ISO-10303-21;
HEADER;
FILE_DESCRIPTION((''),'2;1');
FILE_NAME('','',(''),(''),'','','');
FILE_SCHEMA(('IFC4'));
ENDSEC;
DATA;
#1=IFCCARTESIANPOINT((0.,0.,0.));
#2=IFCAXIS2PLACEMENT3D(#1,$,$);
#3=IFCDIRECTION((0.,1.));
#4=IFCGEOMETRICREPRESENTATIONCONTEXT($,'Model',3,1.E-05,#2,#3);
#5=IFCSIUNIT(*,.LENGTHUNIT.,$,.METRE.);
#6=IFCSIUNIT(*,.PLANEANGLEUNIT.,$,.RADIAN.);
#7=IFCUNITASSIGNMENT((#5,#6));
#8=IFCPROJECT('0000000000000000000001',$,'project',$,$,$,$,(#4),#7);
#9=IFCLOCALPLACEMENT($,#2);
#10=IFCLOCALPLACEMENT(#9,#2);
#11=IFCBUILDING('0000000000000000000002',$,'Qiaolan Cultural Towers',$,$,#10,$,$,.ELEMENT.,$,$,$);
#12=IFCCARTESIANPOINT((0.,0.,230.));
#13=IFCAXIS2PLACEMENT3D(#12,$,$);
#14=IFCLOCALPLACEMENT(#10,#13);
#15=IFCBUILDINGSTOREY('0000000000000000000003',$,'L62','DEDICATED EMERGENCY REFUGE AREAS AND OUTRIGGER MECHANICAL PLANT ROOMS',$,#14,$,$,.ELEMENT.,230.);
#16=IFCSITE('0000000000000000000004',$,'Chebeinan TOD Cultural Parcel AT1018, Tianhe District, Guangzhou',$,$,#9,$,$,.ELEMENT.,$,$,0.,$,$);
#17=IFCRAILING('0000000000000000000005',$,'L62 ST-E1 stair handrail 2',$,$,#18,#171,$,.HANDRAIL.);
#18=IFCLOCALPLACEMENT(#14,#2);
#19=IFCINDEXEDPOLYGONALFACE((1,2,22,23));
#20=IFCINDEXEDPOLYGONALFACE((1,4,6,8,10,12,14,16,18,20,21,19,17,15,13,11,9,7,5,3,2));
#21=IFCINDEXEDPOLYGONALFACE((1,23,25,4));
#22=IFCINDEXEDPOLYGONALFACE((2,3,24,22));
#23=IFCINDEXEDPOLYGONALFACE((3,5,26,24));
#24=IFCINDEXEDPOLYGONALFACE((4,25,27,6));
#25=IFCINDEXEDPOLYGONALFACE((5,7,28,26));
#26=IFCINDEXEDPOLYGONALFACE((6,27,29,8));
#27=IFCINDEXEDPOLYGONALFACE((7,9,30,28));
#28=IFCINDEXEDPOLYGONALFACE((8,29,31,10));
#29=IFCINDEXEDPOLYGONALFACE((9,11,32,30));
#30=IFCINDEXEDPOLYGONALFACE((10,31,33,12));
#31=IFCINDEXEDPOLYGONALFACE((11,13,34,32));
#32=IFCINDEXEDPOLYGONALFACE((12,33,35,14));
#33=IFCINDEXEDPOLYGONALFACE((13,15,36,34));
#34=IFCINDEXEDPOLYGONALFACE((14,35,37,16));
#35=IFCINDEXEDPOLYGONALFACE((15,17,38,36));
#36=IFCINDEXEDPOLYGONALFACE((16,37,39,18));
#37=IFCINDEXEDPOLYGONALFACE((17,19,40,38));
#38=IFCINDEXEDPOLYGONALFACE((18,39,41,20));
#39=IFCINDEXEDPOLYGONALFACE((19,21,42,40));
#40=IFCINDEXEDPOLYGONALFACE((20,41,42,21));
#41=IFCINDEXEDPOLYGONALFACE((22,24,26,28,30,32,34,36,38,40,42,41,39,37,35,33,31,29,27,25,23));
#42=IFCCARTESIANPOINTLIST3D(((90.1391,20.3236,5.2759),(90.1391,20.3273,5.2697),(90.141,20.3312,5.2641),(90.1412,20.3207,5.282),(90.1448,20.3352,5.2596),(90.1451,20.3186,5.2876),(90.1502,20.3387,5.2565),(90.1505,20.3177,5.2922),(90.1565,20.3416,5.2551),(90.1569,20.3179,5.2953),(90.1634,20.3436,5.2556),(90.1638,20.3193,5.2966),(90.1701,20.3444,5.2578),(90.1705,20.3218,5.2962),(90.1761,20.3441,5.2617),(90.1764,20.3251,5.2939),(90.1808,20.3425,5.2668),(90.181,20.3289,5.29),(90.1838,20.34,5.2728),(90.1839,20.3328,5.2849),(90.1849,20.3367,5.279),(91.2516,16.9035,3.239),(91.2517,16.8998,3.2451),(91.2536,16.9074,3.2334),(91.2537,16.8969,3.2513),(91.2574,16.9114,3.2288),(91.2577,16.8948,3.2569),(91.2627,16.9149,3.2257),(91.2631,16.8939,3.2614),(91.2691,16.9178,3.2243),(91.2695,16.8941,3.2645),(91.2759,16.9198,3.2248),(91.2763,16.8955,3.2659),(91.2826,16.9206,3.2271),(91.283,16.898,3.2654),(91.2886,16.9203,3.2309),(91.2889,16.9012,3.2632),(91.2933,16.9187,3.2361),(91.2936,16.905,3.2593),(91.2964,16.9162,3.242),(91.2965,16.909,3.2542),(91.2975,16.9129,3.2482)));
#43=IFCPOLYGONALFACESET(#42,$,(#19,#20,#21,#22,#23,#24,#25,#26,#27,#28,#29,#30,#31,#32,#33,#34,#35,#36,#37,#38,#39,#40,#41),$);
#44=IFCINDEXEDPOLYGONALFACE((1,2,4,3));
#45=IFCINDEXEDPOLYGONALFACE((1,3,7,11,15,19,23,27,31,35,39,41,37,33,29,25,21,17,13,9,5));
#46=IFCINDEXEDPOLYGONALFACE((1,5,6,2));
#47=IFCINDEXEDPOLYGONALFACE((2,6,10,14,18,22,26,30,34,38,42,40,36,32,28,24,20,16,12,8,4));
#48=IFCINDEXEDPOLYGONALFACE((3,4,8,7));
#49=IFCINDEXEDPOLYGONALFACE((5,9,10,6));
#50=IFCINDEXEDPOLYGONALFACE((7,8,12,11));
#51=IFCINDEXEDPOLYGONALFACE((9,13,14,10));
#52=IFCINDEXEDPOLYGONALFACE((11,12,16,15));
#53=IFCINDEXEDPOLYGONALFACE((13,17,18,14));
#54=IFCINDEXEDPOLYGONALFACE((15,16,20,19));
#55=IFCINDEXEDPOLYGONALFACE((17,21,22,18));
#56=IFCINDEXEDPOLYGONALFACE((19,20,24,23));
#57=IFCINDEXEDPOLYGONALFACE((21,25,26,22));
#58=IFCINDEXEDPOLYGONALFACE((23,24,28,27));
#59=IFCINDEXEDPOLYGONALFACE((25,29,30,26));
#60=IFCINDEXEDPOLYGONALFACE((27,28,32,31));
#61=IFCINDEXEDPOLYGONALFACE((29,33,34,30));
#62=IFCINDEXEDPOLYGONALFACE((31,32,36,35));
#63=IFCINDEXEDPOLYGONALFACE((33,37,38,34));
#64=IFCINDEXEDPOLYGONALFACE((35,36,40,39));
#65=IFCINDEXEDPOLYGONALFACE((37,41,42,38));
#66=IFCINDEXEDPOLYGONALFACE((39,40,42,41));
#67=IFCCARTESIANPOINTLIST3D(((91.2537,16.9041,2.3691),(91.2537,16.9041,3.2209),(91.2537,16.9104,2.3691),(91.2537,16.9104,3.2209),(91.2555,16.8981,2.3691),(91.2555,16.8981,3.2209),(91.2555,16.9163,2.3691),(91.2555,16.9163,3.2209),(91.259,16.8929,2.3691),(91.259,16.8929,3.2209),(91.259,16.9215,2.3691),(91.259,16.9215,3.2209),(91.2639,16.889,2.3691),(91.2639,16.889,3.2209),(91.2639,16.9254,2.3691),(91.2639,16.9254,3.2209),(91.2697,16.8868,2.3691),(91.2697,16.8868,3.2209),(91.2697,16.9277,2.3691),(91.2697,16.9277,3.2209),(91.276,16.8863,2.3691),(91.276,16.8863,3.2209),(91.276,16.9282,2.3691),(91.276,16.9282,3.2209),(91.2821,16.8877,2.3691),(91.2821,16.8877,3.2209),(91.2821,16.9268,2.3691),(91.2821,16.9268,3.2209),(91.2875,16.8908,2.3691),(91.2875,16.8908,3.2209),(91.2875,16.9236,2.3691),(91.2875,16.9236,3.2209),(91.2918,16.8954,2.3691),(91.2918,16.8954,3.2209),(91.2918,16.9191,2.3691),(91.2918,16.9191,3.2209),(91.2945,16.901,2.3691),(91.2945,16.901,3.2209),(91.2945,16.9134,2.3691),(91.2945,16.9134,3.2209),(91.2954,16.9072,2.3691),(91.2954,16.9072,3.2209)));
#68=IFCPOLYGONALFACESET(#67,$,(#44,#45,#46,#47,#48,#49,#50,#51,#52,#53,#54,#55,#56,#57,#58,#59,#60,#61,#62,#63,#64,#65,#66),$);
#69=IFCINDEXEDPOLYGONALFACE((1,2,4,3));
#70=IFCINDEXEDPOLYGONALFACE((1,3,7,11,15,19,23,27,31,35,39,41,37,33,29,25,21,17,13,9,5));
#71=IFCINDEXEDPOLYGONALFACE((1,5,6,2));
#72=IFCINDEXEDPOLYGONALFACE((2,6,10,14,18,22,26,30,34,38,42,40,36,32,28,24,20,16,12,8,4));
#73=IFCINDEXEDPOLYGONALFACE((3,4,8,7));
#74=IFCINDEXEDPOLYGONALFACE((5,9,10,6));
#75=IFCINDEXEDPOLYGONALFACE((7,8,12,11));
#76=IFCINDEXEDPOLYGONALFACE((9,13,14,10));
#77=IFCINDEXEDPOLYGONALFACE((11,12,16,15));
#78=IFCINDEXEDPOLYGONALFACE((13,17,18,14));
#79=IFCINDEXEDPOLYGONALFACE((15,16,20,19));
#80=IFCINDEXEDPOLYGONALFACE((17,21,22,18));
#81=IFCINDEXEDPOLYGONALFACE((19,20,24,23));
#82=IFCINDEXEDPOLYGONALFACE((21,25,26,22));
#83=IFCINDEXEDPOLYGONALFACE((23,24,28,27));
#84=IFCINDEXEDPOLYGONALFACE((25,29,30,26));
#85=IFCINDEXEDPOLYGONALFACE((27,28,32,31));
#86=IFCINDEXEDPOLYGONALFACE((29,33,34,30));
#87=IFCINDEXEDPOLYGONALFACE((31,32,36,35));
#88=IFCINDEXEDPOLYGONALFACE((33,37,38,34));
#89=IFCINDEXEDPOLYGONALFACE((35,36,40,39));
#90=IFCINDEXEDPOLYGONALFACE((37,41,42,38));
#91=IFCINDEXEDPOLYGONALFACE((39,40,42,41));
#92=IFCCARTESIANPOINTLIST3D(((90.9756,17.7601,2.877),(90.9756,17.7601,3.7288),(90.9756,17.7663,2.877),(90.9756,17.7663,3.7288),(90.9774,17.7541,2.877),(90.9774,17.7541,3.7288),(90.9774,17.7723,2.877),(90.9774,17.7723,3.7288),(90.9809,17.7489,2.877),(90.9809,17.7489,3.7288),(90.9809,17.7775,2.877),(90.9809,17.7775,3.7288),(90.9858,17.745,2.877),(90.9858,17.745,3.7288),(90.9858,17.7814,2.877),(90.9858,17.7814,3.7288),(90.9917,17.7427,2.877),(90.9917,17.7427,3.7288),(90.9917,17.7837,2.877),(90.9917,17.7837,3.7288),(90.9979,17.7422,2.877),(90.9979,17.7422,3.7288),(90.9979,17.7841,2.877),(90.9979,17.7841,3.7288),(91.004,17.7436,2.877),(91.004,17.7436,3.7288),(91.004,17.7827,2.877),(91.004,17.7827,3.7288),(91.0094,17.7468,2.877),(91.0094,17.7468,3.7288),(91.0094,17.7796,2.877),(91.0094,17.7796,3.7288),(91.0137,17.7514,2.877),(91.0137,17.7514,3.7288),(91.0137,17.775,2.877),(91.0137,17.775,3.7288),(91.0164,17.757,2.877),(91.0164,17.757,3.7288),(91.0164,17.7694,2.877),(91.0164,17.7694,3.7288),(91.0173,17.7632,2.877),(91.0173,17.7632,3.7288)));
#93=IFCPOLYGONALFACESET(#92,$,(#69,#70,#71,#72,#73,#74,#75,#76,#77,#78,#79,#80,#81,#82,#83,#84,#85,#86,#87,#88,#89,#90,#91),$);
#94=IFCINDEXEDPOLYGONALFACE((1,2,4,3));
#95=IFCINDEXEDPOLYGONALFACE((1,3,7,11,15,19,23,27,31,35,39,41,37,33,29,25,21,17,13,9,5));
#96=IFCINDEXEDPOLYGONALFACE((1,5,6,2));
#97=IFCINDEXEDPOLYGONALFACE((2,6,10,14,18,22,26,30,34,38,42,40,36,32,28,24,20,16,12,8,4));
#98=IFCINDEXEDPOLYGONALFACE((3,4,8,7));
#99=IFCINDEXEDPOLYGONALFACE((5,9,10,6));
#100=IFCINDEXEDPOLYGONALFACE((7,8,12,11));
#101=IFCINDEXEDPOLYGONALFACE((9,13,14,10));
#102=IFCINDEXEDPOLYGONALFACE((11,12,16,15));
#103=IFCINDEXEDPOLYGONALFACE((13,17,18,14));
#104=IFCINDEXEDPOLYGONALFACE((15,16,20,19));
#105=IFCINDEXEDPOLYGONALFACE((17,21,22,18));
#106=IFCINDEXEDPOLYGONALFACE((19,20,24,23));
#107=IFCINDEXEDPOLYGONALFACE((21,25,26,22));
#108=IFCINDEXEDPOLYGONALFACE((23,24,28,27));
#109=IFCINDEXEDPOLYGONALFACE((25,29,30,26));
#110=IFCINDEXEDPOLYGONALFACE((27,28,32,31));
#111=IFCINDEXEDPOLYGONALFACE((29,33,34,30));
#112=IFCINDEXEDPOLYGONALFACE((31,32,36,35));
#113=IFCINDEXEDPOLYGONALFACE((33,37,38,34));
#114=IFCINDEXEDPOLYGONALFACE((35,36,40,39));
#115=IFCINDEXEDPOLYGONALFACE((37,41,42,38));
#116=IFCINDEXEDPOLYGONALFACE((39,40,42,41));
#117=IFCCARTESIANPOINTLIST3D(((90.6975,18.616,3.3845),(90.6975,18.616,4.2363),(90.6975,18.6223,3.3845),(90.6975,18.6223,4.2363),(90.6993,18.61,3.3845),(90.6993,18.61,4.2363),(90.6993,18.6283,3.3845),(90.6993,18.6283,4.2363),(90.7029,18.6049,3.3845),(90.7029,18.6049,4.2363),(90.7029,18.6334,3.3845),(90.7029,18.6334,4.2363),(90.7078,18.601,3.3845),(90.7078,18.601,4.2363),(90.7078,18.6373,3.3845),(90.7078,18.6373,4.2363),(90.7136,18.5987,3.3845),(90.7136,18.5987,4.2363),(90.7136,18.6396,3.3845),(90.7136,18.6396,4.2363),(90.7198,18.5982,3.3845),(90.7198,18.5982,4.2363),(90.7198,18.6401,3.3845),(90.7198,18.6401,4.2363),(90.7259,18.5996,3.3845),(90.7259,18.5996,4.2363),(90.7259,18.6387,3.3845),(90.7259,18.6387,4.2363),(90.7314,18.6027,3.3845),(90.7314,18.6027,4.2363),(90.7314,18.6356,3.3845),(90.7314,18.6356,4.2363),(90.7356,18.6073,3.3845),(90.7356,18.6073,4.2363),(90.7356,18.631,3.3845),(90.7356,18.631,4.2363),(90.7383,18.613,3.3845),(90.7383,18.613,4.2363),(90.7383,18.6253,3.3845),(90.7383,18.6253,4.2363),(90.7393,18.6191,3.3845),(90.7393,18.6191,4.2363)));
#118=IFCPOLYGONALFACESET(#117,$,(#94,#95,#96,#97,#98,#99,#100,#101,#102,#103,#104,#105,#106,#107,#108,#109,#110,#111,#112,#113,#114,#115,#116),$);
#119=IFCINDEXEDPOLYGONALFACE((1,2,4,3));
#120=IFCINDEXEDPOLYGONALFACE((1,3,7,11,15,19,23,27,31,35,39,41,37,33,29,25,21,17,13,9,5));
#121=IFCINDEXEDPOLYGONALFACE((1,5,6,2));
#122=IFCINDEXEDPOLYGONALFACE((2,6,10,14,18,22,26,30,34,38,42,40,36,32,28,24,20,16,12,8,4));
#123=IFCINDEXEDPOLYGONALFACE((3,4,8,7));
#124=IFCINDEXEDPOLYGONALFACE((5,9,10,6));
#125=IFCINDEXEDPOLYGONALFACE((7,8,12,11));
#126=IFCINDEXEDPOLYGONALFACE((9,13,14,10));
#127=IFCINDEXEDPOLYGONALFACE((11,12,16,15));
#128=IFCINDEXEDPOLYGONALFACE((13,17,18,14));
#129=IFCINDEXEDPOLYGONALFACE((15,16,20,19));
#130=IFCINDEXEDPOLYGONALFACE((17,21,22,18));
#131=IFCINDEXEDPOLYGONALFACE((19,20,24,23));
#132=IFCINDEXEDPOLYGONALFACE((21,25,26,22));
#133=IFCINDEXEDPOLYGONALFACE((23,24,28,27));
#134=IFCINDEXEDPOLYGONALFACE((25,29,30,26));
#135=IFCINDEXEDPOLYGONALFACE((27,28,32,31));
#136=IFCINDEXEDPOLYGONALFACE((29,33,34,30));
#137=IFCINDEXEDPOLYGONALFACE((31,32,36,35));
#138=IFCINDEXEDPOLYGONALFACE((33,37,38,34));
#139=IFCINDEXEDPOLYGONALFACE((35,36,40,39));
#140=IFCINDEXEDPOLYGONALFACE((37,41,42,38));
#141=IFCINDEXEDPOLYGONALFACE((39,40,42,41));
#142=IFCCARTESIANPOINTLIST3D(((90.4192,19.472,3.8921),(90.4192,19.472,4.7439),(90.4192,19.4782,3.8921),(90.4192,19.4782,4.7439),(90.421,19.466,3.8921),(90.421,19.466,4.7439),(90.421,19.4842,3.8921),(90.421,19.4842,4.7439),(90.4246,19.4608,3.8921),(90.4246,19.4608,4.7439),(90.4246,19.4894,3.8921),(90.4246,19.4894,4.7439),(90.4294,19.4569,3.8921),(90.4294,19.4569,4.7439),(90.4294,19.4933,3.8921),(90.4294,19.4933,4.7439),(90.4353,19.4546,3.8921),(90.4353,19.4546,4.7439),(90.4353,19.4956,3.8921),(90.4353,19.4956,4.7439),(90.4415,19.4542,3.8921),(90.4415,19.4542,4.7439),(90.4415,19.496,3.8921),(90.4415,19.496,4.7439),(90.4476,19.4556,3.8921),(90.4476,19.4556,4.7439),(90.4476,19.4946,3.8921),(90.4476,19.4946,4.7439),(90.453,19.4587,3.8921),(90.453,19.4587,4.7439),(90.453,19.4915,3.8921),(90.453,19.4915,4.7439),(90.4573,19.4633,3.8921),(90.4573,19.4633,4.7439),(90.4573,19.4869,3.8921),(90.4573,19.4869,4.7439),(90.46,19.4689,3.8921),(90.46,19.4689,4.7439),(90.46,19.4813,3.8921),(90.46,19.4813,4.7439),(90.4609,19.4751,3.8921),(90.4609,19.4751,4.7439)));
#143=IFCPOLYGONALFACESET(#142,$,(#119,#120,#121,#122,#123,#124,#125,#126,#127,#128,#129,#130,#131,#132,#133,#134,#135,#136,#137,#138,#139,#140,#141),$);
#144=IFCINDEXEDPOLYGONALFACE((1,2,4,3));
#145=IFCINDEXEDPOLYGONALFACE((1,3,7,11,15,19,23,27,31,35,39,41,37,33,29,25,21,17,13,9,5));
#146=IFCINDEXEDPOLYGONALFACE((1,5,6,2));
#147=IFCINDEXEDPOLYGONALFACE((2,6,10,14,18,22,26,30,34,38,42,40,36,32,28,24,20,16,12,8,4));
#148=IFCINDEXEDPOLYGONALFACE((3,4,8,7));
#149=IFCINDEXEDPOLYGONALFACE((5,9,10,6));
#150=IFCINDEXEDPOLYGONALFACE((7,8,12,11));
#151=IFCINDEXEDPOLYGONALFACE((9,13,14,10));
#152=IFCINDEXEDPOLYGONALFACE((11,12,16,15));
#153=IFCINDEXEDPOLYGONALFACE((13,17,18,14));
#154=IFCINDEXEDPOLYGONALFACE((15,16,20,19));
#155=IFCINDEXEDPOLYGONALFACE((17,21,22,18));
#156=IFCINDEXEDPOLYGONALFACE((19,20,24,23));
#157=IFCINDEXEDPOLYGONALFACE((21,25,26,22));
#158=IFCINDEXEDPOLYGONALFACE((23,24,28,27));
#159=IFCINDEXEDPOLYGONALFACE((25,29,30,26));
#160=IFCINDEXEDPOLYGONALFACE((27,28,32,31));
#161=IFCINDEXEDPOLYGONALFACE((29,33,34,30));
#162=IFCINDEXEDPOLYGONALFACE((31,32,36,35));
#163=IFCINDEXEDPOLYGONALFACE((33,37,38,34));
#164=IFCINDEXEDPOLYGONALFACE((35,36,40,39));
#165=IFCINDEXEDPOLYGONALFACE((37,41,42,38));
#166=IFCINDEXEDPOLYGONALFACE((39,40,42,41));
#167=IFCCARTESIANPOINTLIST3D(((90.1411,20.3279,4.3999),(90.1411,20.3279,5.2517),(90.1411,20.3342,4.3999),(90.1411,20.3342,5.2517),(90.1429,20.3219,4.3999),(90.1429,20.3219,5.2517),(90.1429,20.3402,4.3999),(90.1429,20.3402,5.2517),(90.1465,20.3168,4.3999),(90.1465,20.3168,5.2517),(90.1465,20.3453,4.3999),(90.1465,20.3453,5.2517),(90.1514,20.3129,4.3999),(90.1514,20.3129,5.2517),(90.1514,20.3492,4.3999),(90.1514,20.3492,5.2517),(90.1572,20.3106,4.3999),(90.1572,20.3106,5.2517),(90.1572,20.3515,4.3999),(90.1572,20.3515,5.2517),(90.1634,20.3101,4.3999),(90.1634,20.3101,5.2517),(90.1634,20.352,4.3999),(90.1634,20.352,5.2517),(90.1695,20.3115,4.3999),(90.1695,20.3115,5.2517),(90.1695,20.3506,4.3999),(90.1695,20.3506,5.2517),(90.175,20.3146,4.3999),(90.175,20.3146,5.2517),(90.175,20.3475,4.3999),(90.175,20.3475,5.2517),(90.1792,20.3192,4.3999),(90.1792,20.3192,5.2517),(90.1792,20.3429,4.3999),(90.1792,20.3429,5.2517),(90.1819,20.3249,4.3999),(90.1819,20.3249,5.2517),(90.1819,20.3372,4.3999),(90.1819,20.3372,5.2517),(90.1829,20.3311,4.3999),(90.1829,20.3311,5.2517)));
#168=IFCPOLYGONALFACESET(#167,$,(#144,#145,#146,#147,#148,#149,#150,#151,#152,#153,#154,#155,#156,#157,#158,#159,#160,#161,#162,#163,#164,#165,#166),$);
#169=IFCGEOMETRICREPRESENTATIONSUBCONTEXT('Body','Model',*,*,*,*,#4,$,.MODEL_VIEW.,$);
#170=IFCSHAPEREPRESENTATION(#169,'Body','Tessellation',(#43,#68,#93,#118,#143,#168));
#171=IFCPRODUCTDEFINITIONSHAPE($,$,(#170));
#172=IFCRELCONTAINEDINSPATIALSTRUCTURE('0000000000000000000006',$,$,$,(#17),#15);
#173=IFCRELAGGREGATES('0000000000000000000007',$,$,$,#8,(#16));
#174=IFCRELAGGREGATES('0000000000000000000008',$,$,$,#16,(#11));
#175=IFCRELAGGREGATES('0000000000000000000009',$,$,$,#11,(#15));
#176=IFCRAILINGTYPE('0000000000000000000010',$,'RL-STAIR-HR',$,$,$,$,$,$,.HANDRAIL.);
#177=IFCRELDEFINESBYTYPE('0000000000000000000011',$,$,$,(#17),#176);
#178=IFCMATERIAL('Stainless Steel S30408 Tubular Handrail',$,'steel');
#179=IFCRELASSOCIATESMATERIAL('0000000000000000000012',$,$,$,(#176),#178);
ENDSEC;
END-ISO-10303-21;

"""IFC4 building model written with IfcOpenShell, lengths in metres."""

from ifc_helpers import new_model, si_unit, direction, frame, origin, origin_2d, place, context, subcontext, project, spatial, circle, extrude, material, type_object, element, save


model = new_model("IFC4")

# Units and contexts
model_context = context("Model", 3, precision=1e-05, world=origin(), true_north=direction((0.0, 1.0)))
body_context = subcontext(model_context, "Body", "Model", "MODEL_VIEW")
ifc_project = project(units=[si_unit("LENGTHUNIT", "METRE"), si_unit("PLANEANGLEUNIT", "RADIAN")], contexts=[model_context])

# Site, building, storey
site_placement = place(None, origin())
site = spatial("IfcSite", under=ifc_project, at=site_placement, Name="Chebeinan TOD Cultural Parcel AT1018, Tianhe District, Guangzhou", CompositionType="ELEMENT", RefElevation=0.0)
building_placement = place(site_placement, origin())
building = spatial("IfcBuilding", under=site, at=building_placement, Name="Qiaolan Cultural Towers", CompositionType="ELEMENT")
storey_placement = place(building_placement, frame((0.0, 0.0, 230.0)))
storey = spatial("IfcBuildingStorey", under=building, at=storey_placement, Name="L62", Description="DEDICATED EMERGENCY REFUGE AREAS AND OUTRIGGER MECHANICAL PLANT ROOMS", CompositionType="ELEMENT", Elevation=230.0)

# Railing
ifc_material_1 = material(Name="Stainless Steel S30408 Tubular Handrail", Category="steel")
railing_type_1 = type_object("IfcRailingType", Name="RL-STAIR-HR", PredefinedType="HANDRAIL", material=ifc_material_1)
railing_1_placement = place(storey_placement, frame((91.2744, 16.9072, 2.3691)))
element("IfcRailing", 1, at=railing_1_placement, inside=storey, type_object=railing_type_1, Name="L62 ST-E1 stair handrail 2", PredefinedType="HANDRAIL", context=body_context, shape_type="SweptSolid", body=[
    extrude(circle(Radius=0.0239, at=origin_2d()), frame((0.0, 0.0, 0.876), z_axis=(-0.269166, 0.828348, 0.491315), x_axis=(-0.95105, -0.309037, 0.0)), (0.0, 0.0, 1.0), 4.1333),
    extrude(circle(Radius=0.021, at=origin_2d()), origin(), (0.0, 0.0, 1.0), 0.8518),
    extrude(circle(Radius=0.021, at=origin_2d()), frame((-0.2781, 0.856, 0.5078)), (0.0, 0.0, 1.0), 0.8518),
    extrude(circle(Radius=0.021, at=origin_2d()), frame((-0.5562, 1.7119, 1.0154)), (0.0, 0.0, 1.0), 0.8518),
    extrude(circle(Radius=0.021, at=origin_2d()), frame((-0.8345, 2.5679, 1.5229)), (0.0, 0.0, 1.0), 0.8518),
    extrude(circle(Radius=0.021, at=origin_2d()), frame((-1.1125, 3.4238, 2.0308)), (0.0, 0.0, 1.0), 0.8518),
])

save(model, "model.ifc")
